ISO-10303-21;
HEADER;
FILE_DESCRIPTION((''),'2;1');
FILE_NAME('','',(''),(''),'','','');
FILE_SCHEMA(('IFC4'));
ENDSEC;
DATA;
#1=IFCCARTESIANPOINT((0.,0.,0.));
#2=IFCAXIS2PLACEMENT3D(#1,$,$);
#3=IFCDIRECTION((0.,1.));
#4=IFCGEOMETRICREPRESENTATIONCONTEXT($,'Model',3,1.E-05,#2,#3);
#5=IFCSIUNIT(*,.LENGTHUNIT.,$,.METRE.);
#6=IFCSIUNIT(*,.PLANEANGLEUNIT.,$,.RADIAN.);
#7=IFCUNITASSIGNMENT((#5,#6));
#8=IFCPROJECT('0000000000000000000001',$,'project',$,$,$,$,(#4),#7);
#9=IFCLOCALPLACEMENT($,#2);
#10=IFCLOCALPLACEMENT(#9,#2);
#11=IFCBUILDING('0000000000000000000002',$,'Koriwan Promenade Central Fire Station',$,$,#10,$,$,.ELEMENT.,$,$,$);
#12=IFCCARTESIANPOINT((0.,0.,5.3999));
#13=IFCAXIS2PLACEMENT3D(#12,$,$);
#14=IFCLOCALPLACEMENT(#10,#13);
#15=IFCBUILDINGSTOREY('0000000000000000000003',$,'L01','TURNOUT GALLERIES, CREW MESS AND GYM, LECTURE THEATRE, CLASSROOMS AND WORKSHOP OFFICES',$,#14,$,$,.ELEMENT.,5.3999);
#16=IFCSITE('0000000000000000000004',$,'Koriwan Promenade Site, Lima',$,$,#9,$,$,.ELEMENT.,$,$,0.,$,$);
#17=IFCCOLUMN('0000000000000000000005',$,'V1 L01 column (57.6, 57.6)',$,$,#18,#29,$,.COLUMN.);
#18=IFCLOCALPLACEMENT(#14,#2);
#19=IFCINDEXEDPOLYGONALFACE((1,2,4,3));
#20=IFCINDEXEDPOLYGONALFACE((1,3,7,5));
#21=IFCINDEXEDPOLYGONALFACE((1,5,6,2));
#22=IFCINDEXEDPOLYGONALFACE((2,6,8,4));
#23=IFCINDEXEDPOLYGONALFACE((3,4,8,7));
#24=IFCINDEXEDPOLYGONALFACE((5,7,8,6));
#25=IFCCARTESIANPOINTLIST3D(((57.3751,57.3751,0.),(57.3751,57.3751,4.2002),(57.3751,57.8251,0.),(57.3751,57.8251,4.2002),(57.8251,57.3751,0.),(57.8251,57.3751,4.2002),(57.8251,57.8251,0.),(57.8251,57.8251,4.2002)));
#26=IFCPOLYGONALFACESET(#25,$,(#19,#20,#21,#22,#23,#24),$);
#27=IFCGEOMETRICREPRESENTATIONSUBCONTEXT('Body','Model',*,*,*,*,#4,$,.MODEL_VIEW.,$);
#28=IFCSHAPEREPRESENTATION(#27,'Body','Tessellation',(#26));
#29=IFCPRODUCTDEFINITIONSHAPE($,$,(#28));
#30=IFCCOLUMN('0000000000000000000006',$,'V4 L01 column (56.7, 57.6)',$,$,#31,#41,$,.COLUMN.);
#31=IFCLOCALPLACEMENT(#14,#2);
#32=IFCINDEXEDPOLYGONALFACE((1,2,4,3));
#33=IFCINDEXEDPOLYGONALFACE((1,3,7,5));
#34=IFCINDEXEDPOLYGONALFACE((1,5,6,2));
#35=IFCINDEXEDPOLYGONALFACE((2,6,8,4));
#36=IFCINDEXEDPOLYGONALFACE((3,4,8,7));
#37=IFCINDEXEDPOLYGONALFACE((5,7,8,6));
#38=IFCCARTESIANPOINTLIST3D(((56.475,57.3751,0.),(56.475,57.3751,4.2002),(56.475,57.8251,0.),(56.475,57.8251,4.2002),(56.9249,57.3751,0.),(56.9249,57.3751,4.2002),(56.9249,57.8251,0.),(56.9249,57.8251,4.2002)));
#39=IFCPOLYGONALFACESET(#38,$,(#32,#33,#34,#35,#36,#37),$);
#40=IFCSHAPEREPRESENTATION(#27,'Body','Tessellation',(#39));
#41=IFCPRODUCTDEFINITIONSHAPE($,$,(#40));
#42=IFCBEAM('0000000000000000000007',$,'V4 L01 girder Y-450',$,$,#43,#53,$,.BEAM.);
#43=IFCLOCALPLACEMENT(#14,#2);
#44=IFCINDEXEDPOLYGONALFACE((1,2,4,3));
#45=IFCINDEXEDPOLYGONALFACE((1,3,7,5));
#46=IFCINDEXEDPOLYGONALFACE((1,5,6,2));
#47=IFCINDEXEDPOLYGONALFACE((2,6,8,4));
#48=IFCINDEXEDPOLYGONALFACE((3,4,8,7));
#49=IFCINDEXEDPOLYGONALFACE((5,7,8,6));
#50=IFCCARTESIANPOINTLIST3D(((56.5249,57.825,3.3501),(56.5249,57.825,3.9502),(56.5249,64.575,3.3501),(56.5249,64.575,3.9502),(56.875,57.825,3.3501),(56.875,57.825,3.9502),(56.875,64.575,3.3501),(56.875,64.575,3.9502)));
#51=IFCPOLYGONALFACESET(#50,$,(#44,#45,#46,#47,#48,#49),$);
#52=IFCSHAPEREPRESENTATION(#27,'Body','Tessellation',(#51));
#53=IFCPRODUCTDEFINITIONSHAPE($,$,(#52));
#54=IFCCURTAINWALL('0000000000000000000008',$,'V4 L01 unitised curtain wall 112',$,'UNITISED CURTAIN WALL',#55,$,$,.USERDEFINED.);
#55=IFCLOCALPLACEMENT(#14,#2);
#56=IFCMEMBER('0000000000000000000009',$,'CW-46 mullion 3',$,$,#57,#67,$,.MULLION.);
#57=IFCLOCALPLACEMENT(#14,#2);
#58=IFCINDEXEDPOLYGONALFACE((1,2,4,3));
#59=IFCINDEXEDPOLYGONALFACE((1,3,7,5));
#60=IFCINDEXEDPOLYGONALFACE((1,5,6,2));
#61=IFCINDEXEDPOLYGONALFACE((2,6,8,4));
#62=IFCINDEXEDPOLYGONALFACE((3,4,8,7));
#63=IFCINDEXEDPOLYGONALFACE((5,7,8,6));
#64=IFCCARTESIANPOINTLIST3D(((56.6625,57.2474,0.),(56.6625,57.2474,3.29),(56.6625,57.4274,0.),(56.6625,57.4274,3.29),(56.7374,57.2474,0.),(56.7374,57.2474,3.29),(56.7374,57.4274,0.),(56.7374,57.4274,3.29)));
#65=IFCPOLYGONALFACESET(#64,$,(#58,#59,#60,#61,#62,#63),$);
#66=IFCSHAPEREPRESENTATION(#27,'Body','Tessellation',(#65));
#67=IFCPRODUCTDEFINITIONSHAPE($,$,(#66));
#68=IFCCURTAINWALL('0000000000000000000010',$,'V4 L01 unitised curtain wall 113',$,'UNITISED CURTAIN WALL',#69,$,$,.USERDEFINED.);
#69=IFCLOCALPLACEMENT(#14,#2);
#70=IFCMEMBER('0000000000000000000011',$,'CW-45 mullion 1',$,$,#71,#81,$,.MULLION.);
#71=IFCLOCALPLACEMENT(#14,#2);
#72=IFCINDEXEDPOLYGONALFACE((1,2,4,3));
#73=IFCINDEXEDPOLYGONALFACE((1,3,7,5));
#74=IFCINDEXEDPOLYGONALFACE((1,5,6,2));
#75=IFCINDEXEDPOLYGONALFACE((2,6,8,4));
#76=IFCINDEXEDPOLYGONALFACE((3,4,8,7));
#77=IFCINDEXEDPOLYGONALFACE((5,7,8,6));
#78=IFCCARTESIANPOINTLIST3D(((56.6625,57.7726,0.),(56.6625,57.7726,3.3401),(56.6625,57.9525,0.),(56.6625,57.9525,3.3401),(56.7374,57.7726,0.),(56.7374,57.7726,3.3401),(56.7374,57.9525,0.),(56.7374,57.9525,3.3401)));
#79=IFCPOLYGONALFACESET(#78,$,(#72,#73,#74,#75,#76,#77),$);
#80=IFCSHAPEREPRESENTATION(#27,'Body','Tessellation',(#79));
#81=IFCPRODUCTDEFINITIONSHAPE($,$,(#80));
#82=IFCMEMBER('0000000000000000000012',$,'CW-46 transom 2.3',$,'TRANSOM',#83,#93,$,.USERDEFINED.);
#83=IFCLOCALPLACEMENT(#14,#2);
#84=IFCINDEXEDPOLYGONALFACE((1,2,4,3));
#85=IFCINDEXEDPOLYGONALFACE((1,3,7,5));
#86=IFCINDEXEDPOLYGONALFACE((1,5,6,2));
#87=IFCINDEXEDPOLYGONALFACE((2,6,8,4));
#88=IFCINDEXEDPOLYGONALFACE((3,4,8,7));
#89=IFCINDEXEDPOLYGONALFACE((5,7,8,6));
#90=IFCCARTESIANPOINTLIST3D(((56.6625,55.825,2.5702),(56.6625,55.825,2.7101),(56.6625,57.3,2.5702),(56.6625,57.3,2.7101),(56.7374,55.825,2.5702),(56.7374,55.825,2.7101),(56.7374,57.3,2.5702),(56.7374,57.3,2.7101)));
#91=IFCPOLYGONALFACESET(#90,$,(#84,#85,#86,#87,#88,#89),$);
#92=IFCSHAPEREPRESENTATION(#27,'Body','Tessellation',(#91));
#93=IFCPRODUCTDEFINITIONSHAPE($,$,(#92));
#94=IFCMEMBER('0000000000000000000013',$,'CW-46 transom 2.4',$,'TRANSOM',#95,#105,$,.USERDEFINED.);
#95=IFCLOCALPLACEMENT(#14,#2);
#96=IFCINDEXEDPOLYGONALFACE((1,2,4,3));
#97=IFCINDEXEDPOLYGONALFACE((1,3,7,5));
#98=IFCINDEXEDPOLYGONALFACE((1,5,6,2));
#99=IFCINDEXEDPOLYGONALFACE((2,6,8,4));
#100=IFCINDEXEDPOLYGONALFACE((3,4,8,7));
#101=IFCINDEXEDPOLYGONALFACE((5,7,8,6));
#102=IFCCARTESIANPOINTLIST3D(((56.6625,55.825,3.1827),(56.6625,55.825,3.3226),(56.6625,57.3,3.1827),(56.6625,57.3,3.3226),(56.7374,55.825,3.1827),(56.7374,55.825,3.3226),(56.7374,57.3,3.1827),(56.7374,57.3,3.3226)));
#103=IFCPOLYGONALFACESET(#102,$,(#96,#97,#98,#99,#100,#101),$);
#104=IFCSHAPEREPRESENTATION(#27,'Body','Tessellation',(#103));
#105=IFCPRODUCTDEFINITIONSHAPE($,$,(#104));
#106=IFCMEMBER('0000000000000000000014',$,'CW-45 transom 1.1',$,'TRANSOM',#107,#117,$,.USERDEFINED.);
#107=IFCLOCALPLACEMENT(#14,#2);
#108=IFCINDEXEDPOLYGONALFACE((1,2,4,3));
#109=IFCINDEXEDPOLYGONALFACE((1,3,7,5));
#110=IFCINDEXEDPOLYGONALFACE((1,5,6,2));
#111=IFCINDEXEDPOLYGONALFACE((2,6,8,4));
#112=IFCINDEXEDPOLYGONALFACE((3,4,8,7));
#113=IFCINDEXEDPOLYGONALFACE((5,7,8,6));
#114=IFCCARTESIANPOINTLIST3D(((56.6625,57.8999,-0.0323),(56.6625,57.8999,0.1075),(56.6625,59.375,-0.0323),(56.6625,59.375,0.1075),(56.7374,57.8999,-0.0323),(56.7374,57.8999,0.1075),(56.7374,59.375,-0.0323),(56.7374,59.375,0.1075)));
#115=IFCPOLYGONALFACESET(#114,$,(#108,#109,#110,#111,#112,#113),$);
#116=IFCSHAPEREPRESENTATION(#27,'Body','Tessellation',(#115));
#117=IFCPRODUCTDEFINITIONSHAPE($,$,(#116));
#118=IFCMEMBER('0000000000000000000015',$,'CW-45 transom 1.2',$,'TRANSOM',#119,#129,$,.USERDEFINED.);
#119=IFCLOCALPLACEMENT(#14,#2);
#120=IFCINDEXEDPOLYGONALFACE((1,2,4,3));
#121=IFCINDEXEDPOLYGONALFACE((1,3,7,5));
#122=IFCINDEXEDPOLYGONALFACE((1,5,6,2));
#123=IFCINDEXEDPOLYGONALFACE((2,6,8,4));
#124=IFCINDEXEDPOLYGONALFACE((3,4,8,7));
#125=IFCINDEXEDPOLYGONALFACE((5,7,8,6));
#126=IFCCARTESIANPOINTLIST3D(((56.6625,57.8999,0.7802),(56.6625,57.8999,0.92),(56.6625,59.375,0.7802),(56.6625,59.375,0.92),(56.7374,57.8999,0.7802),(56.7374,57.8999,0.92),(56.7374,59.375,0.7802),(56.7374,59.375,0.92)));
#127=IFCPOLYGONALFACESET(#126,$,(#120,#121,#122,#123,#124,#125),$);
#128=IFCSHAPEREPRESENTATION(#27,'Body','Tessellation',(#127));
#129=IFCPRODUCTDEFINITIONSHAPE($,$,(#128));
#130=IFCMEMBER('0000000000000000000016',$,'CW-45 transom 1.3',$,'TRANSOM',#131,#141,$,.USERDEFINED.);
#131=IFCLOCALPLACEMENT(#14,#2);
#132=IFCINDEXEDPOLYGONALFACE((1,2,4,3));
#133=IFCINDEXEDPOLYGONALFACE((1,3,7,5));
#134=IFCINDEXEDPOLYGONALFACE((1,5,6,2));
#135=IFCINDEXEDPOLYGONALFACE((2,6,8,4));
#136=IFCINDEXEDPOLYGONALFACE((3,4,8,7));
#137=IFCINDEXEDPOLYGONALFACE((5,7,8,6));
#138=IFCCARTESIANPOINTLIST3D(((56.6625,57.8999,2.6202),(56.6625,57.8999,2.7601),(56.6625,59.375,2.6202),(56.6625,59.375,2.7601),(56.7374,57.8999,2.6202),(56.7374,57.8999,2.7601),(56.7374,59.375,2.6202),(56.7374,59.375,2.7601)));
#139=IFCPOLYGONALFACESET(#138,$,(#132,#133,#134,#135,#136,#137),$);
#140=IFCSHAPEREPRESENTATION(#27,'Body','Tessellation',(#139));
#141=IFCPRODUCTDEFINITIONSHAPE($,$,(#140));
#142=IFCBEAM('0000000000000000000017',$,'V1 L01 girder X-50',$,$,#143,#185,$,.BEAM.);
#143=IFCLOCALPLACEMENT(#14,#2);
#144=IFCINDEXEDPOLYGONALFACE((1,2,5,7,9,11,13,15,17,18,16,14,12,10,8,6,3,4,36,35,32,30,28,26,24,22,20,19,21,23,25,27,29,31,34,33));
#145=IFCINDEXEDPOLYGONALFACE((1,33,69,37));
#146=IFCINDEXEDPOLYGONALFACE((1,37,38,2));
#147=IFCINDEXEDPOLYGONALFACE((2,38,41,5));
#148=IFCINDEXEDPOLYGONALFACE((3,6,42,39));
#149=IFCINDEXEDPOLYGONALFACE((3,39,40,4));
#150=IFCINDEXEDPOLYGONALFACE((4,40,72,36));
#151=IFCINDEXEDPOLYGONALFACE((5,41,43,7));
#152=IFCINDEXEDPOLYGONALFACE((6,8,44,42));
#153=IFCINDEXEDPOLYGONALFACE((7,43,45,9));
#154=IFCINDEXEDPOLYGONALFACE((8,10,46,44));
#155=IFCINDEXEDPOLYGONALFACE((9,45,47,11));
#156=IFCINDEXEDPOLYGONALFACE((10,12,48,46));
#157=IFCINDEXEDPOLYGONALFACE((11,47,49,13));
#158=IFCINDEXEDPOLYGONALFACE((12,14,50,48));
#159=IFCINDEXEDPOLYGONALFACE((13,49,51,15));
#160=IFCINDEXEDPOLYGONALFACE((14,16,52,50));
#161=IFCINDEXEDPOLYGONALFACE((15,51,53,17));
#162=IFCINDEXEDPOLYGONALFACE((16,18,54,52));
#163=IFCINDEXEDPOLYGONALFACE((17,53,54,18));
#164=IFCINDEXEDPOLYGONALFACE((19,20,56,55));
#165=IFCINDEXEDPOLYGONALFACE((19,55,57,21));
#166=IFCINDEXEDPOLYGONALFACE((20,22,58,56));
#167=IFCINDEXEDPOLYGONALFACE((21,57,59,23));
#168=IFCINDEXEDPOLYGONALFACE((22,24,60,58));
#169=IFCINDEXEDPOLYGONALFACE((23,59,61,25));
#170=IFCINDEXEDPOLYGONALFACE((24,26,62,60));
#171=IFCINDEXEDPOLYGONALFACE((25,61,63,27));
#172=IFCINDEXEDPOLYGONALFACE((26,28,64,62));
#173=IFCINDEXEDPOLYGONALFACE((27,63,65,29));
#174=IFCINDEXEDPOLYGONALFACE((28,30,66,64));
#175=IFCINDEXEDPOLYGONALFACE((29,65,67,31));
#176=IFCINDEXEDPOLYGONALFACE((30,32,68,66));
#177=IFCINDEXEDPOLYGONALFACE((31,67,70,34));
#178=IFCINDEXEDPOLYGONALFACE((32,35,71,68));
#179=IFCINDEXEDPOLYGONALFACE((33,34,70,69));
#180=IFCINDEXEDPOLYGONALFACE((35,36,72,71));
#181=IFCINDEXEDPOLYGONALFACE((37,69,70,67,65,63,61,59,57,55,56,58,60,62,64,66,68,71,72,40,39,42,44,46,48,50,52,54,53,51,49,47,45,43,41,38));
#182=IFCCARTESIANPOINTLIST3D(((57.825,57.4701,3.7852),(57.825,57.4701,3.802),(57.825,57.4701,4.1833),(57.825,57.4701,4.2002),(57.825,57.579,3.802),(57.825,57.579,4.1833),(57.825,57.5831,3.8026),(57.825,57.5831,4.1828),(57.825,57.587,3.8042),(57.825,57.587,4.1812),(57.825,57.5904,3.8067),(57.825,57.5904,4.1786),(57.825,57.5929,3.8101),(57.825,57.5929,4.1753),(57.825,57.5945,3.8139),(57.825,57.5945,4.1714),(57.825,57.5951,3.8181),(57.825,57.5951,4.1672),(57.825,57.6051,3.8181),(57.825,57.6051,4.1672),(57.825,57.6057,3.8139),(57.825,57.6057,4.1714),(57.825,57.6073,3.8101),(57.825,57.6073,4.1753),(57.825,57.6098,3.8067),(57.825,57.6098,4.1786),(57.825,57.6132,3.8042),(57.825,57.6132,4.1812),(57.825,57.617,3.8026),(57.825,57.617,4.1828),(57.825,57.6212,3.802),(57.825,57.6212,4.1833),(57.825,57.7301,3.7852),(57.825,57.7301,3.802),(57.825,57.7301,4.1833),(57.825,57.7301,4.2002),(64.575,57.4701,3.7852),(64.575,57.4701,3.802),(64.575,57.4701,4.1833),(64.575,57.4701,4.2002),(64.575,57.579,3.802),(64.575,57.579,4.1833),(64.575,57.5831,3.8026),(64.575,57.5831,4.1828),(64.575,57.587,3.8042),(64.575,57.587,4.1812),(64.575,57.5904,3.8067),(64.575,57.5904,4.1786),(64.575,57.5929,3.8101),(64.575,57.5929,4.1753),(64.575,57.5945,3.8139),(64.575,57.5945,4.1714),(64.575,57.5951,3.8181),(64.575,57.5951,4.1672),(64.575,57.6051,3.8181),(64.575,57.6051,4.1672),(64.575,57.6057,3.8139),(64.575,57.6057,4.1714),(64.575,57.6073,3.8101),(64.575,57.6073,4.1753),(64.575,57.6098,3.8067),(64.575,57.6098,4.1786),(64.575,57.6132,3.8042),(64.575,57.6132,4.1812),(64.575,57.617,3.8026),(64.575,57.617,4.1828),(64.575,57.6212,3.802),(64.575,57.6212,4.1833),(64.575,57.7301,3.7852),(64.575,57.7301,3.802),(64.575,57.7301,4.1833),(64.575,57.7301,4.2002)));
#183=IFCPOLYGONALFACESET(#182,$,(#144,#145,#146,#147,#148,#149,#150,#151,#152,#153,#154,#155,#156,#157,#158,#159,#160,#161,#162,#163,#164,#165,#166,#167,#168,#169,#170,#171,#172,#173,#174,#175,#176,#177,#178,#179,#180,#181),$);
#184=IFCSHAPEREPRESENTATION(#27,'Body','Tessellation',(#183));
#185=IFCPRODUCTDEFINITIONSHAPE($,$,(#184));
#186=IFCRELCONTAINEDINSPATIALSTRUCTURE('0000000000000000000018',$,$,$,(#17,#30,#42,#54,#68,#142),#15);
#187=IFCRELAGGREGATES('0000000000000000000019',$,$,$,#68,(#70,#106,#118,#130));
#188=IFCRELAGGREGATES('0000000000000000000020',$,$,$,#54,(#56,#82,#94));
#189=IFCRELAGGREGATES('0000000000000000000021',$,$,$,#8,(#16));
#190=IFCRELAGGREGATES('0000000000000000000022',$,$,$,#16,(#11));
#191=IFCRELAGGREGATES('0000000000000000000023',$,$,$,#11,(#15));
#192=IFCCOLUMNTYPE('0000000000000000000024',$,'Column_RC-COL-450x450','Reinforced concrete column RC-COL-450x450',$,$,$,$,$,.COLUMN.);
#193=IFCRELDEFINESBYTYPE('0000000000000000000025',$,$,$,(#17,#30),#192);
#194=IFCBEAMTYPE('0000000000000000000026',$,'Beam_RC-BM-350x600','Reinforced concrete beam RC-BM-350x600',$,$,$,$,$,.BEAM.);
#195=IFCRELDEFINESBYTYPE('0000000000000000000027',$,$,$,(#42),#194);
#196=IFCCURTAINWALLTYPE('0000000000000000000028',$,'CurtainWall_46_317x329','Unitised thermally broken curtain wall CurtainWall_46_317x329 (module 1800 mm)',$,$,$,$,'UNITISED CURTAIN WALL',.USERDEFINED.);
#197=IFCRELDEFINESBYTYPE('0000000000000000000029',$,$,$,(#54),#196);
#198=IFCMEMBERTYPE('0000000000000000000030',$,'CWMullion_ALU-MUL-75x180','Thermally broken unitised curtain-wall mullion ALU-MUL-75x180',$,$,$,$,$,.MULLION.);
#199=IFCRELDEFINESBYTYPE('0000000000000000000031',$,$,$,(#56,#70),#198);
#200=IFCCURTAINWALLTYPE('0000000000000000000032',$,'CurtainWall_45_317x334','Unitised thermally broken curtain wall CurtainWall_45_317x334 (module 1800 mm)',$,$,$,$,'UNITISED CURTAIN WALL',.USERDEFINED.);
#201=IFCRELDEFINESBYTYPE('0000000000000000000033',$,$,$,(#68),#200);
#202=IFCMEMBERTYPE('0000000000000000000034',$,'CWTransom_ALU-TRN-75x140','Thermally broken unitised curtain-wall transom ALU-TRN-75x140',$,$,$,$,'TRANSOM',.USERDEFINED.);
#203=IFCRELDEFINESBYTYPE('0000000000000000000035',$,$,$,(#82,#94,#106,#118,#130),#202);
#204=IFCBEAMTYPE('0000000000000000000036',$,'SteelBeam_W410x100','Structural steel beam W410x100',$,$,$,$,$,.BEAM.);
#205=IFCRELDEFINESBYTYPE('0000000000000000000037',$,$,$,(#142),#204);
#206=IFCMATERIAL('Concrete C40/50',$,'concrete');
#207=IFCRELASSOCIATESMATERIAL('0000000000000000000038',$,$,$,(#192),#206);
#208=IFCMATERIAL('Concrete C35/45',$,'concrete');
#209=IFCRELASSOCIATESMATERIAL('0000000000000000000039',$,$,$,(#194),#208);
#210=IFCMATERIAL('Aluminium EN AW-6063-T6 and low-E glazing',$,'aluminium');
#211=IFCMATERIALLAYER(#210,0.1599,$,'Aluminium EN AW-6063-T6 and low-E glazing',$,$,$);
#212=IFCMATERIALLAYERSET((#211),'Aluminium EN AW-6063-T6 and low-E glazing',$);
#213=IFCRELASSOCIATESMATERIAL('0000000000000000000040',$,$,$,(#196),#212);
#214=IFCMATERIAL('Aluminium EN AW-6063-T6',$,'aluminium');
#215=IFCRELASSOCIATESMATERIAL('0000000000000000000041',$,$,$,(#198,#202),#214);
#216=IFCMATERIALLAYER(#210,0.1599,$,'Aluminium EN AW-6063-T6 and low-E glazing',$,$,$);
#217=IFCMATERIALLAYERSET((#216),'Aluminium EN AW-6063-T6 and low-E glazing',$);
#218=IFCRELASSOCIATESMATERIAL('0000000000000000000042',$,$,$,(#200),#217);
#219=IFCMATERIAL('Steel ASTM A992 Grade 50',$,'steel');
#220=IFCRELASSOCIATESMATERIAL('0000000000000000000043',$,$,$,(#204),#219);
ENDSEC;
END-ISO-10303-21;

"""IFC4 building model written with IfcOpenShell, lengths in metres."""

from ifc_helpers import new_model, si_unit, direction, frame, origin, origin_2d, place, context, subcontext, project, spatial, rectangle, i_section, extrude, material, layer, layer_set, material_profile, profile_set, type_object, element, aggregate, save


model = new_model("IFC4")

# Units and contexts
model_context = context("Model", 3, precision=1e-05, world=origin(), true_north=direction((0.0, 1.0)))
body_context = subcontext(model_context, "Body", "Model", "MODEL_VIEW")
ifc_project = project(units=[si_unit("LENGTHUNIT", "METRE"), si_unit("PLANEANGLEUNIT", "RADIAN")], contexts=[model_context])

# Site, building, storey
site_placement = place(None, origin())
site = spatial("IfcSite", under=ifc_project, at=site_placement, Name="Koriwan Promenade Site, Lima", CompositionType="ELEMENT", RefElevation=0.0)
building_placement = place(site_placement, origin())
building = spatial("IfcBuilding", under=site, at=building_placement, Name="Koriwan Promenade Central Fire Station", CompositionType="ELEMENT")
storey_placement = place(building_placement, frame((0.0, 0.0, 5.3999)))
storey = spatial("IfcBuildingStorey", under=building, at=storey_placement, Name="L01", Description="TURNOUT GALLERIES, CREW MESS AND GYM, LECTURE THEATRE, CLASSROOMS AND WORKSHOP OFFICES", CompositionType="ELEMENT", Elevation=5.3999)

# Columns
ifc_material_1 = material(Name="Concrete C40/50", Category="concrete")
ifc_material_profile_1 = material_profile(ifc_material_1, rectangle(XDim=0.45, YDim=0.45, at=origin_2d()), Name="RC-COL-450x450")
ifc_profile_set_1 = profile_set([ifc_material_profile_1], Name="Concrete C40/50")
column_type = type_object("IfcColumnType", Name="Column_RC-COL-450x450", Description="Reinforced concrete column RC-COL-450x450", PredefinedType="COLUMN", material=ifc_profile_set_1)
for number, where, z_axis, x_axis, name in (
    (1, (57.6001, 57.6001, 0.0), (0.0, 0.0, 1.0), (1.0, 0.0, 0.0), "V1 L01 column (57.6, 57.6)"),
    (2, (56.7, 57.6001, 0.0), (0.0, 0.0, 1.0), (1.0, 0.0, 0.0), "V4 L01 column (56.7, 57.6)"),
):
    element("IfcColumn", number, at=place(storey_placement, frame(where, z_axis=z_axis, x_axis=x_axis)), inside=storey, type_object=column_type, Name=name, PredefinedType="COLUMN", context=body_context, shape_type="SweptSolid", body=[
        extrude(rectangle(XDim=0.45, YDim=0.45, at=origin_2d()), origin(), (0.0, 0.0, 1.0), 4.2002),
    ])

# Beam
ifc_material_2 = material(Name="Concrete C35/45", Category="concrete")
ifc_material_profile_2 = material_profile(ifc_material_2, rectangle(XDim=0.3501, YDim=0.6001, at=origin_2d()), Name="RC-BM-350x600")
ifc_profile_set_2 = profile_set([ifc_material_profile_2], Name="Concrete C35/45")
beam_type_1 = type_object("IfcBeamType", Name="Beam_RC-BM-350x600", Description="Reinforced concrete beam RC-BM-350x600", PredefinedType="BEAM", material=ifc_profile_set_2)
beam_1_placement = place(storey_placement, frame((56.7, 57.825, 3.6501), z_axis=(0.0, 1.0, 0.0), x_axis=(-1.0, 0.0, 0.0)))
element("IfcBeam", 3, at=beam_1_placement, inside=storey, type_object=beam_type_1, Name="V4 L01 girder Y-450", PredefinedType="BEAM", context=body_context, shape_type="SweptSolid", body=[
    extrude(rectangle(XDim=0.3501, YDim=0.6001, at=origin_2d()), origin(), (0.0, 0.0, 1.0), 6.75),
])

# Curtain walls, members
ifc_material_3 = material(Name="Aluminium EN AW-6063-T6 and low-E glazing", Category="aluminium")
ifc_layer_1 = layer(ifc_material_3, 0.1599, Name="Aluminium EN AW-6063-T6 and low-E glazing")
ifc_layer_set_1 = layer_set([ifc_layer_1], Name="Aluminium EN AW-6063-T6 and low-E glazing")
curtain_wall_type_1 = type_object("IfcCurtainWallType", Name="CurtainWall_46_317x329", Description="Unitised thermally broken curtain wall CurtainWall_46_317x329 (module 1800 mm)", ElementType="UNITISED CURTAIN WALL", PredefinedType="USERDEFINED", material=ifc_layer_set_1)
curtain_wall_1_placement = place(storey_placement, origin())
curtain_wall_1 = element("IfcCurtainWall", 4, at=curtain_wall_1_placement, inside=storey, type_object=curtain_wall_type_1, Name="V4 L01 unitised curtain wall 112", ObjectType="UNITISED CURTAIN WALL", PredefinedType="USERDEFINED")
ifc_material_4 = material(Name="Aluminium EN AW-6063-T6", Category="aluminium")
ifc_material_profile_3 = material_profile(ifc_material_4, rectangle(XDim=0.075, YDim=0.1799, at=origin_2d()), Name="ALU-MUL-75x180")
ifc_profile_set_3 = profile_set([ifc_material_profile_3], Name="Aluminium EN AW-6063-T6")
member_type_1 = type_object("IfcMemberType", Name="CWMullion_ALU-MUL-75x180", Description="Thermally broken unitised curtain-wall mullion ALU-MUL-75x180", PredefinedType="MULLION", material=ifc_profile_set_3)
member_1_placement = place(storey_placement, frame((56.7, 57.3374, 0.0), z_axis=(0.0, 0.0, 1.0), x_axis=(-1.0, 0.0, 0.0)))
member_1 = element("IfcMember", 5, at=member_1_placement, type_object=member_type_1, Name="CW-46 mullion 3", PredefinedType="MULLION", context=body_context, shape_type="SweptSolid", body=[
    extrude(rectangle(XDim=0.075, YDim=0.1799, at=origin_2d()), origin(), (0.0, 0.0, 1.0), 3.29),
])
ifc_layer_2 = layer(ifc_material_3, 0.1599, Name="Aluminium EN AW-6063-T6 and low-E glazing")
ifc_layer_set_2 = layer_set([ifc_layer_2], Name="Aluminium EN AW-6063-T6 and low-E glazing")
curtain_wall_type_2 = type_object("IfcCurtainWallType", Name="CurtainWall_45_317x334", Description="Unitised thermally broken curtain wall CurtainWall_45_317x334 (module 1800 mm)", ElementType="UNITISED CURTAIN WALL", PredefinedType="USERDEFINED", material=ifc_layer_set_2)
curtain_wall_2_placement = place(storey_placement, origin())
curtain_wall_2 = element("IfcCurtainWall", 6, at=curtain_wall_2_placement, inside=storey, type_object=curtain_wall_type_2, Name="V4 L01 unitised curtain wall 113", ObjectType="UNITISED CURTAIN WALL", PredefinedType="USERDEFINED")
member_2_placement = place(storey_placement, frame((56.7, 57.8625, 0.0), z_axis=(0.0, 0.0, 1.0), x_axis=(-1.0, 0.0, 0.0)))
member_2 = element("IfcMember", 7, at=member_2_placement, type_object=member_type_1, Name="CW-45 mullion 1", PredefinedType="MULLION", context=body_context, shape_type="SweptSolid", body=[
    extrude(rectangle(XDim=0.075, YDim=0.1799, at=origin_2d()), origin(), (0.0, 0.0, 1.0), 3.3401),
])

# Members
ifc_material_profile_4 = material_profile(ifc_material_4, rectangle(XDim=0.075, YDim=0.1399, at=origin_2d()), Name="ALU-TRN-75x140")
ifc_profile_set_4 = profile_set([ifc_material_profile_4], Name="Aluminium EN AW-6063-T6")
member_type_2 = type_object("IfcMemberType", Name="CWTransom_ALU-TRN-75x140", Description="Thermally broken unitised curtain-wall transom ALU-TRN-75x140", ElementType="TRANSOM", PredefinedType="USERDEFINED", material=ifc_profile_set_4)
member_3_placement = place(storey_placement, frame((56.7, 55.825, 2.6401), z_axis=(0.0, 1.0, 0.0), x_axis=(-1.0, 0.0, 0.0)))
member_3 = element("IfcMember", 8, at=member_3_placement, type_object=member_type_2, Name="CW-46 transom 2.3", ObjectType="TRANSOM", PredefinedType="USERDEFINED", context=body_context, shape_type="SweptSolid", body=[
    extrude(rectangle(XDim=0.075, YDim=0.1399, at=origin_2d()), origin(), (0.0, 0.0, 1.0), 1.4751),
])
member_4_placement = place(storey_placement, frame((56.7, 55.825, 3.2527), z_axis=(0.0, 1.0, 0.0), x_axis=(-1.0, 0.0, 0.0)))
member_4 = element("IfcMember", 9, at=member_4_placement, type_object=member_type_2, Name="CW-46 transom 2.4", ObjectType="TRANSOM", PredefinedType="USERDEFINED", context=body_context, shape_type="SweptSolid", body=[
    extrude(rectangle(XDim=0.075, YDim=0.1399, at=origin_2d()), origin(), (0.0, 0.0, 1.0), 1.4751),
])
member_5_placement = place(storey_placement, frame((56.7, 57.8999, 0.0376), z_axis=(0.0, 1.0, 0.0), x_axis=(-1.0, 0.0, 0.0)))
member_5 = element("IfcMember", 10, at=member_5_placement, type_object=member_type_2, Name="CW-45 transom 1.1", ObjectType="TRANSOM", PredefinedType="USERDEFINED", context=body_context, shape_type="SweptSolid", body=[
    extrude(rectangle(XDim=0.075, YDim=0.1399, at=origin_2d()), origin(), (0.0, 0.0, 1.0), 1.4751),
])
member_6_placement = place(storey_placement, frame((56.7, 57.8999, 0.8501), z_axis=(0.0, 1.0, 0.0), x_axis=(-1.0, 0.0, 0.0)))
member_6 = element("IfcMember", 11, at=member_6_placement, type_object=member_type_2, Name="CW-45 transom 1.2", ObjectType="TRANSOM", PredefinedType="USERDEFINED", context=body_context, shape_type="SweptSolid", body=[
    extrude(rectangle(XDim=0.075, YDim=0.1399, at=origin_2d()), origin(), (0.0, 0.0, 1.0), 1.4751),
])
member_7_placement = place(storey_placement, frame((56.7, 57.8999, 2.6902), z_axis=(0.0, 1.0, 0.0), x_axis=(-1.0, 0.0, 0.0)))
member_7 = element("IfcMember", 12, at=member_7_placement, type_object=member_type_2, Name="CW-45 transom 1.3", ObjectType="TRANSOM", PredefinedType="USERDEFINED", context=body_context, shape_type="SweptSolid", body=[
    extrude(rectangle(XDim=0.075, YDim=0.1399, at=origin_2d()), origin(), (0.0, 0.0, 1.0), 1.4751),
])
aggregate(curtain_wall_2, [member_2, member_5, member_6, member_7])

# Beam
ifc_material_5 = material(Name="Steel ASTM A992 Grade 50", Category="steel")
ifc_material_profile_5 = material_profile(ifc_material_5, i_section(OverallWidth=0.26, OverallDepth=0.415, WebThickness=0.01, FlangeThickness=0.0168, FilletRadius=0.0161, at=origin_2d()), Name="W410x100")
ifc_profile_set_5 = profile_set([ifc_material_profile_5], Name="Steel ASTM A992 Grade 50")
beam_type_2 = type_object("IfcBeamType", Name="SteelBeam_W410x100", Description="Structural steel beam W410x100", PredefinedType="BEAM", material=ifc_profile_set_5)
beam_2_placement = place(storey_placement, frame((57.825, 57.6001, 3.9927), z_axis=(1.0, 0.0, 0.0), x_axis=(0.0, 1.0, 0.0)))
element("IfcBeam", 13, at=beam_2_placement, inside=storey, type_object=beam_type_2, Name="V1 L01 girder X-50", PredefinedType="BEAM", context=body_context, shape_type="SweptSolid", body=[
    extrude(i_section(OverallWidth=0.26, OverallDepth=0.415, WebThickness=0.01, FlangeThickness=0.0168, FilletRadius=0.0161, at=origin_2d()), origin(), (0.0, 0.0, 1.0), 6.75),
])

aggregate(curtain_wall_1, [member_1, member_3, member_4])

save(model, "model.ifc")
